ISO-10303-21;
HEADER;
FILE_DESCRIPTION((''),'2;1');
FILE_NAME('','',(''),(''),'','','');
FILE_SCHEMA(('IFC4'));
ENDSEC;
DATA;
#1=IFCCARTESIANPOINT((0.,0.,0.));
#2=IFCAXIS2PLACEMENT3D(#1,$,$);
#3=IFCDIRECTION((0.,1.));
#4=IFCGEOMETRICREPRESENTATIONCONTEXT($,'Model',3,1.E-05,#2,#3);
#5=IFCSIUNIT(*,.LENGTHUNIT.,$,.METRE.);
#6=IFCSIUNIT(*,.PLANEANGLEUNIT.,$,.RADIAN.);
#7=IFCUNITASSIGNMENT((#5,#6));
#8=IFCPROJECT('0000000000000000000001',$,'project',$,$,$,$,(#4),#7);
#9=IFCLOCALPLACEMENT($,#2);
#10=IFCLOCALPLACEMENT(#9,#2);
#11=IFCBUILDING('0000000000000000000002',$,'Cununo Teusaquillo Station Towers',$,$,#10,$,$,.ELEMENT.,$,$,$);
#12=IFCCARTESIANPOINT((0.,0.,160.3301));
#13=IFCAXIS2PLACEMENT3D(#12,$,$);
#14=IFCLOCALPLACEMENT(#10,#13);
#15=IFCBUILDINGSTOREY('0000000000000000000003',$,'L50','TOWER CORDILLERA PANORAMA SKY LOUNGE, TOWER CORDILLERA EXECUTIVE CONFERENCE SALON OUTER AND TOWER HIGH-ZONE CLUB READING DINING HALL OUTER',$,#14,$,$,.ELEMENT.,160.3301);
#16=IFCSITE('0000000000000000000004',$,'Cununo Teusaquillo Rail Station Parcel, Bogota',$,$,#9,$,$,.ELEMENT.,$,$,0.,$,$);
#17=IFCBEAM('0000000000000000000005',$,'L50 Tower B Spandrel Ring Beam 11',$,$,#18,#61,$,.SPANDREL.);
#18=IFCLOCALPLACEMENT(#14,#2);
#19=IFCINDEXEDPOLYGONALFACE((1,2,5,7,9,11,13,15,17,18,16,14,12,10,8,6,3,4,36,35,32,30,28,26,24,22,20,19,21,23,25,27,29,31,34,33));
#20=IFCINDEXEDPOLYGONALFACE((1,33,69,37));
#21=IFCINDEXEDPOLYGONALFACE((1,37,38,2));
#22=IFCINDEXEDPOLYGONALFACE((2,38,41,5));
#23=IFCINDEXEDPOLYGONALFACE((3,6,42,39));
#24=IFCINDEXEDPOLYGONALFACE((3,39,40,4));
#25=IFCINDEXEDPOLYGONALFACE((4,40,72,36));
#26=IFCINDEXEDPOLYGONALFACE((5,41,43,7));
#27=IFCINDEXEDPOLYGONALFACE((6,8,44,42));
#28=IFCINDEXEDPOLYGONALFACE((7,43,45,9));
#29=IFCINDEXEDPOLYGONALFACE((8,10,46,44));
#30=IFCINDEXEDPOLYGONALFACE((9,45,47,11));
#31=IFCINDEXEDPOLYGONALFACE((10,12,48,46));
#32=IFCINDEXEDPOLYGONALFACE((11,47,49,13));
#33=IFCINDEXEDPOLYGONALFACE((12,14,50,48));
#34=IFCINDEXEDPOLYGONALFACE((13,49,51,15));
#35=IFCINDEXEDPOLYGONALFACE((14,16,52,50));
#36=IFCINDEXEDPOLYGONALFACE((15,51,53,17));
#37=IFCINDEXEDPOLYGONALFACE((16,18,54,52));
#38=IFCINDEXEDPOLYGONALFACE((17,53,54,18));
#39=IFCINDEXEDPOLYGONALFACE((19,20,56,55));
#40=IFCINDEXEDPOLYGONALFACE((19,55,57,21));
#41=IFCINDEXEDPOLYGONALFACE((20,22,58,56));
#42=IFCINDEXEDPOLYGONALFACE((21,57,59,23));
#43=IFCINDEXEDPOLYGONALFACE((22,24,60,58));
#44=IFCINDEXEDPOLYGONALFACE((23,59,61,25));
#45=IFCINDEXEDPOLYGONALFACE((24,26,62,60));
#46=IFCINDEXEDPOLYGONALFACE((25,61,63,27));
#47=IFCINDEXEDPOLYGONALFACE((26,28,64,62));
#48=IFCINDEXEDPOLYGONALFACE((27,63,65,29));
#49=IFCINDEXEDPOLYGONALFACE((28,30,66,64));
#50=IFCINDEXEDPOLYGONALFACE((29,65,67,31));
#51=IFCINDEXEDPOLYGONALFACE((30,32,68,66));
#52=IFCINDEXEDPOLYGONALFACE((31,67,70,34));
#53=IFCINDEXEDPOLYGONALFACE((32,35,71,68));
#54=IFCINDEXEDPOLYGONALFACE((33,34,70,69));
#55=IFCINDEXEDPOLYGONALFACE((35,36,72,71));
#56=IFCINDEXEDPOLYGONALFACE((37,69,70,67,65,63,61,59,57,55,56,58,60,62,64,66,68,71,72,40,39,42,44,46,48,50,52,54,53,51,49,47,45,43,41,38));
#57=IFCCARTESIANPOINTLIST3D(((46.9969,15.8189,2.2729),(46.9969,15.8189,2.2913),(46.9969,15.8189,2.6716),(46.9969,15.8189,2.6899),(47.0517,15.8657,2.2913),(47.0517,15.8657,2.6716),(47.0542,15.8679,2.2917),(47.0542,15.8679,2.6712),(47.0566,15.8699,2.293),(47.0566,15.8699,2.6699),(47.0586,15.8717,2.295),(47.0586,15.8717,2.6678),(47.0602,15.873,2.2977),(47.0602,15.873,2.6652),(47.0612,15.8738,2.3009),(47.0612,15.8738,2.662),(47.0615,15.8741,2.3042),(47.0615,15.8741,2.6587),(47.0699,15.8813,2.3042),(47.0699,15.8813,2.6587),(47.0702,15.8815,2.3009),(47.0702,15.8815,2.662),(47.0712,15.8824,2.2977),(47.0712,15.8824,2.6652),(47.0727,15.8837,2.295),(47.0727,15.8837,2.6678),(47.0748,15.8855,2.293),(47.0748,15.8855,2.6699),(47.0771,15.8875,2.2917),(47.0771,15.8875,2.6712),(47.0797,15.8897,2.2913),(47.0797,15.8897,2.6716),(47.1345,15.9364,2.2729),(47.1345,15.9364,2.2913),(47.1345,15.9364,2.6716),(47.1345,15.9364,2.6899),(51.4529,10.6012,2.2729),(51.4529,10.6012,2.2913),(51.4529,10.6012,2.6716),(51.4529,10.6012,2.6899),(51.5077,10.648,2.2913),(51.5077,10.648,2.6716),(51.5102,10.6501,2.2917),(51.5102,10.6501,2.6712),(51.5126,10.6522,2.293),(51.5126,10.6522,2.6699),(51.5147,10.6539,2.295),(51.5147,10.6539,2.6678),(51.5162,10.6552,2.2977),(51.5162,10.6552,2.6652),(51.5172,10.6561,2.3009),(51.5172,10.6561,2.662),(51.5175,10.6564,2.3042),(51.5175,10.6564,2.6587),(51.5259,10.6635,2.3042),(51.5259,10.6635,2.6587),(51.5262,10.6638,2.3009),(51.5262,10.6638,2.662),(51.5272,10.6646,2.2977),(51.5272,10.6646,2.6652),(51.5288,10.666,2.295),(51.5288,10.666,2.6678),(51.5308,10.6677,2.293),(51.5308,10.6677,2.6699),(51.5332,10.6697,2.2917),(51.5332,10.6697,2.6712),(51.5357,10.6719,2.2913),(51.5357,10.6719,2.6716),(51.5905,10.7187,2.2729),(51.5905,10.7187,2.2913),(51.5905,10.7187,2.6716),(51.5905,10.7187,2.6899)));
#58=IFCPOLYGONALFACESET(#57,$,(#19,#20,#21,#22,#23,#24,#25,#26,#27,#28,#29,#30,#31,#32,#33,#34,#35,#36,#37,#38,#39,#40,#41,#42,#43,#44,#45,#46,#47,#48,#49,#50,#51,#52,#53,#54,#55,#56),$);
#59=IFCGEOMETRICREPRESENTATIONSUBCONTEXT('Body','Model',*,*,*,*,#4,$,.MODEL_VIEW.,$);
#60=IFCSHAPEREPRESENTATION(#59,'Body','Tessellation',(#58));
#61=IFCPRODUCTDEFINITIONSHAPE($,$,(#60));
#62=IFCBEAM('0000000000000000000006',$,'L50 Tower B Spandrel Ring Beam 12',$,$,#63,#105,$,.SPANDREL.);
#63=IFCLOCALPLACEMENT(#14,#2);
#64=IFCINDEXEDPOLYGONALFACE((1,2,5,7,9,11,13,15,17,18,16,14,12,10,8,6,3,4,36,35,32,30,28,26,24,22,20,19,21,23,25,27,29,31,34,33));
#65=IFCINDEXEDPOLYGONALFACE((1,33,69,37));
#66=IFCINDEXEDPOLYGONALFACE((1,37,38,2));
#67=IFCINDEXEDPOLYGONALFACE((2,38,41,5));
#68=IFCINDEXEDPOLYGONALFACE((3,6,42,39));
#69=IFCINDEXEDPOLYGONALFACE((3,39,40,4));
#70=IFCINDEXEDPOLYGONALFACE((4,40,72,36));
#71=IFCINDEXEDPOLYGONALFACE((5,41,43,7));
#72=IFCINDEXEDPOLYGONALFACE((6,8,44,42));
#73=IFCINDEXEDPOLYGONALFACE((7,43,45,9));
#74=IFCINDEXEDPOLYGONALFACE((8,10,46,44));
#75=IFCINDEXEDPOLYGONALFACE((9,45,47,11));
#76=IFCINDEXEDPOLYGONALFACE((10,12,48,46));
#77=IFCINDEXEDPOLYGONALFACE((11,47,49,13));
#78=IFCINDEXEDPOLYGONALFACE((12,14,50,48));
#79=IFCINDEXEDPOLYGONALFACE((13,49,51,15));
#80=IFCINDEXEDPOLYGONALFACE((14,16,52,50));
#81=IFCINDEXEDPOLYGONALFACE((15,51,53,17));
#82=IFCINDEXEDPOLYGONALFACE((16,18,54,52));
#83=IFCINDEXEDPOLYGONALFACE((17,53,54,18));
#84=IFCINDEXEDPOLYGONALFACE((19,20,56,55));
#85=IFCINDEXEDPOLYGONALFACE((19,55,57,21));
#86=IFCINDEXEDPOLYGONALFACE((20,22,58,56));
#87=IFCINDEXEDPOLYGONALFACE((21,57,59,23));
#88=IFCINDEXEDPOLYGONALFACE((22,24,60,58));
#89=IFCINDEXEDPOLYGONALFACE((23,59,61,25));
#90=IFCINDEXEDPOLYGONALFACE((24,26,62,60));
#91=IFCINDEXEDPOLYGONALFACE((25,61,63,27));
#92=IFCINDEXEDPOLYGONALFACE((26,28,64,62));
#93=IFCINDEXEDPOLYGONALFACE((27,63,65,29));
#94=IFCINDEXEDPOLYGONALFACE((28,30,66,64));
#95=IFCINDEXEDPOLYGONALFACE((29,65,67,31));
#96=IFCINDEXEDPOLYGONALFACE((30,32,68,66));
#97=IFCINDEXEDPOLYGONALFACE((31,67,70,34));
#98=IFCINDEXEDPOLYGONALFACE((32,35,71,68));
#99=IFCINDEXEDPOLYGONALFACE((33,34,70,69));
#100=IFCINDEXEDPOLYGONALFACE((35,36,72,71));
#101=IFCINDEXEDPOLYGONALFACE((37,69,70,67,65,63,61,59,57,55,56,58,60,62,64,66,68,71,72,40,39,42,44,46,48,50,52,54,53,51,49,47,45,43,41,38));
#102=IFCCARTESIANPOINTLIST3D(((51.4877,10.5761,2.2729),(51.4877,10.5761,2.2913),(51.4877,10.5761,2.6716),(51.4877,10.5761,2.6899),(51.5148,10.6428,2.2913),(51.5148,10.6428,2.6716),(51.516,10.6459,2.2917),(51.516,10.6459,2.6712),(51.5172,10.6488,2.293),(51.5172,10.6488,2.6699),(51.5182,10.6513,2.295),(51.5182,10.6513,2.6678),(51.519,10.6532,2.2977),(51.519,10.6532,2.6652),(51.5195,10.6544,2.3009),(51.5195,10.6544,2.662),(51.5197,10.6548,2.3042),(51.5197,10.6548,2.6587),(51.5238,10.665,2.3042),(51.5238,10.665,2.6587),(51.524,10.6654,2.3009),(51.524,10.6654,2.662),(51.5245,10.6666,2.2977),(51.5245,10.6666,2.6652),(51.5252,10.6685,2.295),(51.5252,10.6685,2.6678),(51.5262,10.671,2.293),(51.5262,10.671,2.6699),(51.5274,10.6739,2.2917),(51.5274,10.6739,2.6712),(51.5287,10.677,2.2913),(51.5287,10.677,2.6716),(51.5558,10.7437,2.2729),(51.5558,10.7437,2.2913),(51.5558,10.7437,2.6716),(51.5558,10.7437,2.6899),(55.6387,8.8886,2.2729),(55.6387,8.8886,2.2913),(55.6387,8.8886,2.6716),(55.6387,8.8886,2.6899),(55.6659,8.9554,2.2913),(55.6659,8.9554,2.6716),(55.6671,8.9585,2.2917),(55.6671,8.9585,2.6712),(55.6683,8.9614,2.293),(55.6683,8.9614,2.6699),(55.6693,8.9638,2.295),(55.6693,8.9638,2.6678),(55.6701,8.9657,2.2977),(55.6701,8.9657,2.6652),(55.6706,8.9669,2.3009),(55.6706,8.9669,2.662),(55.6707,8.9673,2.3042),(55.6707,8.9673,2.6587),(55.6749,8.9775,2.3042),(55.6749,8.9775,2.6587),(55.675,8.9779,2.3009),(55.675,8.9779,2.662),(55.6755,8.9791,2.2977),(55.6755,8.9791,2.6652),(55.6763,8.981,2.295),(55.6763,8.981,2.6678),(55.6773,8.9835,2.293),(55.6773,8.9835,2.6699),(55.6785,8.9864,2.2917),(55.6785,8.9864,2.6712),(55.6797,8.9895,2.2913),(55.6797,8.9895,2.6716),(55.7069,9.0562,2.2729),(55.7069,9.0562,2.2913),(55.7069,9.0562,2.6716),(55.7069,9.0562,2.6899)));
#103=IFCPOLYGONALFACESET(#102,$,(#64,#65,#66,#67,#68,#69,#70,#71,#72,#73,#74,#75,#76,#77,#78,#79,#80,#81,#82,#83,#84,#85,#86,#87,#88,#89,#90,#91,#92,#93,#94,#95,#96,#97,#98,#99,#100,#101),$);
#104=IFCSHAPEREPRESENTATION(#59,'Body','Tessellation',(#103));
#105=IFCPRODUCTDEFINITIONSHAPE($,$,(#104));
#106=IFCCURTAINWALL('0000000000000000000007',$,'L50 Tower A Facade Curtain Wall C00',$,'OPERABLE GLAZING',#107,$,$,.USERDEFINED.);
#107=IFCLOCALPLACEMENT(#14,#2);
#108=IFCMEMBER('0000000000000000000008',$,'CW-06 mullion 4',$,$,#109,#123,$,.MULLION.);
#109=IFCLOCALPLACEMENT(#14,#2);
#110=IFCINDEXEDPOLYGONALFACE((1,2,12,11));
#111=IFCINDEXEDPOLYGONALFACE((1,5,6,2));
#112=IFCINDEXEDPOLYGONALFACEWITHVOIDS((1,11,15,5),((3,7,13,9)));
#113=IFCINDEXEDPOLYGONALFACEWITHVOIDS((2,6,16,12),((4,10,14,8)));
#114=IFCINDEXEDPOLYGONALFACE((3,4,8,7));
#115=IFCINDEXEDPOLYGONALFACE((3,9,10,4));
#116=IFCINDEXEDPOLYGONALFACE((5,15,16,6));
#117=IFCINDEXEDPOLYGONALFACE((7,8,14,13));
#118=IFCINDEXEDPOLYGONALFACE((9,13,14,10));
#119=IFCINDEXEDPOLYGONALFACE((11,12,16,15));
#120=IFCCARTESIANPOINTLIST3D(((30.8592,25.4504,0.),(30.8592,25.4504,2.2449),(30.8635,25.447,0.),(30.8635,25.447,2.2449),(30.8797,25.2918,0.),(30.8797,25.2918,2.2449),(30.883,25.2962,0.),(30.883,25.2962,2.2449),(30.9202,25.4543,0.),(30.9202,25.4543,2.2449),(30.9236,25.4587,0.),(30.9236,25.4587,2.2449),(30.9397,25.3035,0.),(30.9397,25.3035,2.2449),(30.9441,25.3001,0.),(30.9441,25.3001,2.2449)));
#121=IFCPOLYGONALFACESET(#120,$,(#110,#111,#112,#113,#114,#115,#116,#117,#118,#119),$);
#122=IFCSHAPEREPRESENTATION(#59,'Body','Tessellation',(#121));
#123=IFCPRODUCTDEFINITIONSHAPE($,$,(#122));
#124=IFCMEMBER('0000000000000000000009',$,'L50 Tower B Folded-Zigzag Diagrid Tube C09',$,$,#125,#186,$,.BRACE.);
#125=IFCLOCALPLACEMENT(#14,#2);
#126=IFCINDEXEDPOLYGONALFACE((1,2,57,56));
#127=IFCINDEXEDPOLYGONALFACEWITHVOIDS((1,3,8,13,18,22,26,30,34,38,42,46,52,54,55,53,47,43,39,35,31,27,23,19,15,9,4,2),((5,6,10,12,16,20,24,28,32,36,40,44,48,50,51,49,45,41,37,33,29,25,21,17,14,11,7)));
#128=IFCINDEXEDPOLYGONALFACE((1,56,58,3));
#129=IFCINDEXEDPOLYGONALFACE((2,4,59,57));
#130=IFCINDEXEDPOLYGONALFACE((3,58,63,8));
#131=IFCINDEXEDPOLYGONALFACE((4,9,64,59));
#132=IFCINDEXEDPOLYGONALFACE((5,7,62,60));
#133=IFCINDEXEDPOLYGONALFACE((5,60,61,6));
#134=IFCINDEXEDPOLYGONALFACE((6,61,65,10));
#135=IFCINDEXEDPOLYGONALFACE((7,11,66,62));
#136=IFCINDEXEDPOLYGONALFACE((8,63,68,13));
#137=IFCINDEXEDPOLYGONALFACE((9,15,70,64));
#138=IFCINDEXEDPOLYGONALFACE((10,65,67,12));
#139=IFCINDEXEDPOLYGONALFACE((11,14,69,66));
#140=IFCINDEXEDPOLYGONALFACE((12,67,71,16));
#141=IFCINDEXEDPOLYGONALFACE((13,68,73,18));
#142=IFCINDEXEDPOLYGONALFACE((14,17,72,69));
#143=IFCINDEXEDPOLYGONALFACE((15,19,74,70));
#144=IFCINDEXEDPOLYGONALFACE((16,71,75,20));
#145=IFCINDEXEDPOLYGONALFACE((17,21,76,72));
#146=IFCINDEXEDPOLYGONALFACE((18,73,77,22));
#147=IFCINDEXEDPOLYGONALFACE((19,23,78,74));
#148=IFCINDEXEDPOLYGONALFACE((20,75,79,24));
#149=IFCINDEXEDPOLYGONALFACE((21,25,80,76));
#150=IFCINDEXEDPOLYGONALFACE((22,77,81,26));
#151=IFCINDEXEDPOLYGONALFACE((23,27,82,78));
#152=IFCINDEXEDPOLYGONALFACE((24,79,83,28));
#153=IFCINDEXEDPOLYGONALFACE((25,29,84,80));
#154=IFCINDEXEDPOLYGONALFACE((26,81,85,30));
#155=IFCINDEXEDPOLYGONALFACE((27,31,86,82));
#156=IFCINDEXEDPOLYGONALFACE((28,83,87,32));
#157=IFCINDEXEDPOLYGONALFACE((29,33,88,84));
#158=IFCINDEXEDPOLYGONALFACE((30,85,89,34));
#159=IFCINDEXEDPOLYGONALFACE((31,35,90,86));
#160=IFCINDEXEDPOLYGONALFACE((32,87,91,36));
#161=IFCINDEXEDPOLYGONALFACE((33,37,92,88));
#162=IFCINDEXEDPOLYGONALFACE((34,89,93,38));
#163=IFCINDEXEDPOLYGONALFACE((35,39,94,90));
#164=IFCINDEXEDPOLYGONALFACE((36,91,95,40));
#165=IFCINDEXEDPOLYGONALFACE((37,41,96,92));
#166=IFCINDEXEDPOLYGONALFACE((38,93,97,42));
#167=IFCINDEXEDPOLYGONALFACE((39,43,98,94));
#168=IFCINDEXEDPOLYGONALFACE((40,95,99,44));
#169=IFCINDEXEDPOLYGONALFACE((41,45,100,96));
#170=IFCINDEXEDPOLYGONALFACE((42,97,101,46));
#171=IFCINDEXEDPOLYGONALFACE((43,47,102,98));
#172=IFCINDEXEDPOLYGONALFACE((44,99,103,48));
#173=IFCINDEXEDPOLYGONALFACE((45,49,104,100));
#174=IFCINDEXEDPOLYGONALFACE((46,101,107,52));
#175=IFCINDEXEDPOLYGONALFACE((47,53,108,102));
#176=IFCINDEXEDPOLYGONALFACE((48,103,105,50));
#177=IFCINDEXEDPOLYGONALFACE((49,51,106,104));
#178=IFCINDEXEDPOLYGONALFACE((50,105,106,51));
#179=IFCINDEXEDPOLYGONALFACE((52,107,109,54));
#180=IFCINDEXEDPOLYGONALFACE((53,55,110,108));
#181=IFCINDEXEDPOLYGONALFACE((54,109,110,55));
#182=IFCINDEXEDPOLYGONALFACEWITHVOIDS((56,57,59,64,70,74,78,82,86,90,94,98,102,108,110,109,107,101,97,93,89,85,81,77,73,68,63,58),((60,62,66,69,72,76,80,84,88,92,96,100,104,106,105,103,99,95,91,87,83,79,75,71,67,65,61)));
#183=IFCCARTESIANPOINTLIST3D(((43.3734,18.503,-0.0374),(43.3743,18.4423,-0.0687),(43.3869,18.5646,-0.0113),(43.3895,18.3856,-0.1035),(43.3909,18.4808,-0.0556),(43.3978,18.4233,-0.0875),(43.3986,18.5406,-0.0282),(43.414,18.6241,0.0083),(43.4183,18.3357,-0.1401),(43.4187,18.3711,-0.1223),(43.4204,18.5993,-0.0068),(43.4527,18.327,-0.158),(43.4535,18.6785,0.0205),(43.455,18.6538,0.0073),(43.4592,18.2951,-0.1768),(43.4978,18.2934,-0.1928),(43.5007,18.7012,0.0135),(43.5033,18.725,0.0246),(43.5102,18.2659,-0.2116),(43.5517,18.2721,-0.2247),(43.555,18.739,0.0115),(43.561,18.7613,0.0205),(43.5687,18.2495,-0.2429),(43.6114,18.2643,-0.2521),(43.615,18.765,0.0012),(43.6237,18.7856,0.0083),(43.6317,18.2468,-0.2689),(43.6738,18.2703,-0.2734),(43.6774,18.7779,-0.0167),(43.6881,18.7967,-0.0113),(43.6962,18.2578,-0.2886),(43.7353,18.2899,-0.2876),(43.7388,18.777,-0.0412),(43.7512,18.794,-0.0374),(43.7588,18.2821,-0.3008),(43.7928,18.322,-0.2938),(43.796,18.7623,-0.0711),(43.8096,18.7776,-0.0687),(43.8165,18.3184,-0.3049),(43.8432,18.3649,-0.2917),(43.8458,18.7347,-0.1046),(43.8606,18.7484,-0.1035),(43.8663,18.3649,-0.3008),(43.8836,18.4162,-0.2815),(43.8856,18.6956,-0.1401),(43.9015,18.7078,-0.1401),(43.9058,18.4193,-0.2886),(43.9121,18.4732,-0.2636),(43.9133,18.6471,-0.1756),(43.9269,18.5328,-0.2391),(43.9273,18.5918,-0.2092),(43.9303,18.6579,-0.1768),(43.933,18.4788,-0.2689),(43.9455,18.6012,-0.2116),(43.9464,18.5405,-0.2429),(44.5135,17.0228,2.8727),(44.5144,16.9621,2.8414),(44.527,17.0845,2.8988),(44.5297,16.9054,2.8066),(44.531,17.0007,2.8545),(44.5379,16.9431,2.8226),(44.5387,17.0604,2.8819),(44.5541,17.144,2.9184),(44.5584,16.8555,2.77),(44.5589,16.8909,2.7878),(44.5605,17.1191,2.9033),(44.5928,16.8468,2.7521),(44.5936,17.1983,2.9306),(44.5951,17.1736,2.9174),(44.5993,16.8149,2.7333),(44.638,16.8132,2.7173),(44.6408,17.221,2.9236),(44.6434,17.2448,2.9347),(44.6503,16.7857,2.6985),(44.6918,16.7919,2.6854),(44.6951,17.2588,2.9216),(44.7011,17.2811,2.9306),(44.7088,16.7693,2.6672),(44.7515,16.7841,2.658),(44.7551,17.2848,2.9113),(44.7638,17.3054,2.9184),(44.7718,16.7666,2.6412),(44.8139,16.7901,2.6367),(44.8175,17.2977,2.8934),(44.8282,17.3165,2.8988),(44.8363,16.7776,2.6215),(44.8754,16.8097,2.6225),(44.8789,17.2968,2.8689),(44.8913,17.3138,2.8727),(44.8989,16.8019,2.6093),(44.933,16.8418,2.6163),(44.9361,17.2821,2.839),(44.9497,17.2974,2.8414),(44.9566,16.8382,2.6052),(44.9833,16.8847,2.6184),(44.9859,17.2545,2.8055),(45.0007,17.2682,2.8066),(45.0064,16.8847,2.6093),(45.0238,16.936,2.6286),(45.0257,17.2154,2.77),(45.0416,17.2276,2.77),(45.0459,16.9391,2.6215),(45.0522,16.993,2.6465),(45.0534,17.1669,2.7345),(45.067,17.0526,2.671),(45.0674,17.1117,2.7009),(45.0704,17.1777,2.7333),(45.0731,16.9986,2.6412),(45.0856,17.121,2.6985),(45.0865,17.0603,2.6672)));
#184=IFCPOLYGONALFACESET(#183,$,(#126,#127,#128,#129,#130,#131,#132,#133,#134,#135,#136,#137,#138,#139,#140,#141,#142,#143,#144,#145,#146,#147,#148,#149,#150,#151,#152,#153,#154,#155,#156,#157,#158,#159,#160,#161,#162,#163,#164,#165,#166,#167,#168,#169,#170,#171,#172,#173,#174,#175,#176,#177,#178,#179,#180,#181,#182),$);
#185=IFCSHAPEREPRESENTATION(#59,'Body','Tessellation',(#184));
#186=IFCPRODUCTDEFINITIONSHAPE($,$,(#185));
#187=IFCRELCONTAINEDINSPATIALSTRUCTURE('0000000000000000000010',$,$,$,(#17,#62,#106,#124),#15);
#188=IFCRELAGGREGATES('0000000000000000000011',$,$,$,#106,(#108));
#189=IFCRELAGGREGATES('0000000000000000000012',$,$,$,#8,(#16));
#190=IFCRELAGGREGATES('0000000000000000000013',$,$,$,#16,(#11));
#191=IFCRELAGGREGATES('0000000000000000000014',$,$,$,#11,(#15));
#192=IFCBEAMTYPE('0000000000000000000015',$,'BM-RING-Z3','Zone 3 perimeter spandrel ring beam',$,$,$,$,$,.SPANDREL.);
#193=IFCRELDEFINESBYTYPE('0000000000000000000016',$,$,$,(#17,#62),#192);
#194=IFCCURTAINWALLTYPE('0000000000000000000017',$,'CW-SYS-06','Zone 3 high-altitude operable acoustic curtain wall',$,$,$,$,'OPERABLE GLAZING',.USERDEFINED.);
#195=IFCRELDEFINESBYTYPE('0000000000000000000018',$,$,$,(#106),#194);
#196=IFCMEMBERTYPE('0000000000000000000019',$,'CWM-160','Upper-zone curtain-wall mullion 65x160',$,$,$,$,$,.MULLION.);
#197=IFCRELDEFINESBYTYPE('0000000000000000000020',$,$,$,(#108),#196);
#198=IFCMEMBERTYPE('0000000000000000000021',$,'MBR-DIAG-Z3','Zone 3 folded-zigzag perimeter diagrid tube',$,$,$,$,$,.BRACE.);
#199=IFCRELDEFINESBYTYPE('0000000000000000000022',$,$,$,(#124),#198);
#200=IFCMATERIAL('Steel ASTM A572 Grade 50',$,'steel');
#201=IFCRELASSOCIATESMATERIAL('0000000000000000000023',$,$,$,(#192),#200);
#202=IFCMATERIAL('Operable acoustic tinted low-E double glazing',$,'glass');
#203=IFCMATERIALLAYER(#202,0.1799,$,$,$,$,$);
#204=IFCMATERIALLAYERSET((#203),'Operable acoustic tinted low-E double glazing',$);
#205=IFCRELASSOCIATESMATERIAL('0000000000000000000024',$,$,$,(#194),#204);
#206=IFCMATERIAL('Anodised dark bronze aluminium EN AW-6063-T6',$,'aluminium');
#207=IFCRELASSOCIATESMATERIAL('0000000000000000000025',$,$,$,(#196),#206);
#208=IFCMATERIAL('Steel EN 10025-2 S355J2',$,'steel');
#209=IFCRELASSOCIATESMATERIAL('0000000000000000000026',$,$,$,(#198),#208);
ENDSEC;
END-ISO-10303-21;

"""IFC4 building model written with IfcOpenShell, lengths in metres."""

from ifc_helpers import new_model, si_unit, direction, frame, origin, origin_2d, place, context, subcontext, project, spatial, hollow_rectangle, hollow_circle, i_section, extrude, material, layer, layer_set, material_profile, profile_set, type_object, element, aggregate, save


model = new_model("IFC4")

# Units and contexts
model_context = context("Model", 3, precision=1e-05, world=origin(), true_north=direction((0.0, 1.0)))
body_context = subcontext(model_context, "Body", "Model", "MODEL_VIEW")
ifc_project = project(units=[si_unit("LENGTHUNIT", "METRE"), si_unit("PLANEANGLEUNIT", "RADIAN")], contexts=[model_context])

# Site, building, storey
site_placement = place(None, origin())
site = spatial("IfcSite", under=ifc_project, at=site_placement, Name="Cununo Teusaquillo Rail Station Parcel, Bogota", CompositionType="ELEMENT", RefElevation=0.0)
building_placement = place(site_placement, origin())
building = spatial("IfcBuilding", under=site, at=building_placement, Name="Cununo Teusaquillo Station Towers", CompositionType="ELEMENT")
storey_placement = place(building_placement, frame((0.0, 0.0, 160.3301)))
storey = spatial("IfcBuildingStorey", under=building, at=storey_placement, Name="L50", Description="TOWER CORDILLERA PANORAMA SKY LOUNGE, TOWER CORDILLERA EXECUTIVE CONFERENCE SALON OUTER AND TOWER HIGH-ZONE CLUB READING DINING HALL OUTER", CompositionType="ELEMENT", Elevation=160.3301)

# Beams
ifc_material_1 = material(Name="Steel ASTM A572 Grade 50", Category="steel")
ifc_material_profile_1 = material_profile(ifc_material_1, i_section(OverallWidth=0.1809, OverallDepth=0.417, WebThickness=0.011, FlangeThickness=0.0183, FilletRadius=0.0129, at=origin_2d()), Name="W16X57")
ifc_profile_set_1 = profile_set([ifc_material_profile_1], Name="Steel ASTM A572 Grade 50")
beam_type_1 = type_object("IfcBeamType", Name="BM-RING-Z3", Description="Zone 3 perimeter spandrel ring beam", PredefinedType="SPANDREL", material=ifc_profile_set_1)
beam_1_placement = place(storey_placement, frame((47.0657, 15.8777, 2.4814), z_axis=(0.649419, -0.760431, 0.0), x_axis=(0.760431, 0.649419, 0.0)))
element("IfcBeam", 1, at=beam_1_placement, inside=storey, type_object=beam_type_1, Name="L50 Tower B Spandrel Ring Beam 11", PredefinedType="SPANDREL", context=body_context, shape_type="SweptSolid", body=[
    extrude(i_section(OverallWidth=0.1809, OverallDepth=0.417, WebThickness=0.011, FlangeThickness=0.0183, FilletRadius=0.0129, at=origin_2d()), origin(), (0.0, 0.0, 1.0), 6.8616),
])
beam_2_placement = place(storey_placement, frame((51.5217, 10.6599, 2.4814), z_axis=(0.92638, -0.376589, 0.0), x_axis=(0.376589, 0.92638, 0.0)))
element("IfcBeam", 2, at=beam_2_placement, inside=storey, type_object=beam_type_1, Name="L50 Tower B Spandrel Ring Beam 12", PredefinedType="SPANDREL", context=body_context, shape_type="SweptSolid", body=[
    extrude(i_section(OverallWidth=0.1809, OverallDepth=0.417, WebThickness=0.011, FlangeThickness=0.0183, FilletRadius=0.0129, at=origin_2d()), origin(), (0.0, 0.0, 1.0), 4.481),
])

# Curtain wall, member
ifc_material_2 = material(Name="Operable acoustic tinted low-E double glazing", Category="glass")
ifc_layer_1 = layer(ifc_material_2, 0.1799)
ifc_layer_set_1 = layer_set([ifc_layer_1], Name="Operable acoustic tinted low-E double glazing")
curtain_wall_type = type_object("IfcCurtainWallType", Name="CW-SYS-06", Description="Zone 3 high-altitude operable acoustic curtain wall", ElementType="OPERABLE GLAZING", PredefinedType="USERDEFINED", material=ifc_layer_set_1)
curtain_wall_placement = place(storey_placement, origin())
curtain_wall = element("IfcCurtainWall", 3, at=curtain_wall_placement, inside=storey, type_object=curtain_wall_type, Name="L50 Tower A Facade Curtain Wall C00", ObjectType="OPERABLE GLAZING", PredefinedType="USERDEFINED")
ifc_material_3 = material(Name="Anodised dark bronze aluminium EN AW-6063-T6", Category="aluminium")
ifc_material_profile_2 = material_profile(ifc_material_3, hollow_rectangle(XDim=0.0649, YDim=0.1599, WallThickness=0.0039, at=origin_2d()), Name="CW-MULL-65x160")
ifc_profile_set_2 = profile_set([ifc_material_profile_2], Name="Anodised dark bronze aluminium EN AW-6063-T6")
member_type_1 = type_object("IfcMemberType", Name="CWM-160", Description="Upper-zone curtain-wall mullion 65x160", PredefinedType="MULLION", material=ifc_profile_set_2)
member_1_placement = place(storey_placement, frame((30.9016, 25.3752, 0.0), z_axis=(0.0, 0.0, 1.0), x_axis=(0.991736, 0.128293, 0.0)))
member_1 = element("IfcMember", 4, at=member_1_placement, type_object=member_type_1, Name="CW-06 mullion 4", PredefinedType="MULLION", context=body_context, shape_type="SweptSolid", body=[
    extrude(hollow_rectangle(XDim=0.0649, YDim=0.1599, WallThickness=0.0039, at=origin_2d()), origin(), (0.0, 0.0, 1.0), 2.2449),
])
aggregate(curtain_wall, [member_1])

# Member
ifc_material_4 = material(Name="Steel EN 10025-2 S355J2", Category="steel")
ifc_material_profile_3 = material_profile(ifc_material_4, hollow_circle(Radius=0.3049, WallThickness=0.02, at=origin_2d()), Name="CHS 610x20")
ifc_profile_set_3 = profile_set([ifc_material_profile_3], Name="Steel EN 10025-2 S355J2")
member_type_2 = type_object("IfcMemberType", Name="MBR-DIAG-Z3", Description="Zone 3 folded-zigzag perimeter diagrid tube", PredefinedType="BRACE", material=ifc_profile_set_3)
member_2_placement = place(storey_placement, frame((43.6599, 18.5217, -0.1401), z_axis=(0.329679, -0.428018, 0.841494), x_axis=(0.792235, 0.610216, 0.0)))
element("IfcMember", 5, at=member_2_placement, inside=storey, type_object=member_type_2, Name="L50 Tower B Folded-Zigzag Diagrid Tube C09", PredefinedType="BRACE", context=body_context, shape_type="SweptSolid", body=[
    extrude(hollow_circle(Radius=0.3049, WallThickness=0.02, at=origin_2d()), origin(), (0.0, 0.0, 1.0), 3.4583),
])

save(model, "model.ifc")
